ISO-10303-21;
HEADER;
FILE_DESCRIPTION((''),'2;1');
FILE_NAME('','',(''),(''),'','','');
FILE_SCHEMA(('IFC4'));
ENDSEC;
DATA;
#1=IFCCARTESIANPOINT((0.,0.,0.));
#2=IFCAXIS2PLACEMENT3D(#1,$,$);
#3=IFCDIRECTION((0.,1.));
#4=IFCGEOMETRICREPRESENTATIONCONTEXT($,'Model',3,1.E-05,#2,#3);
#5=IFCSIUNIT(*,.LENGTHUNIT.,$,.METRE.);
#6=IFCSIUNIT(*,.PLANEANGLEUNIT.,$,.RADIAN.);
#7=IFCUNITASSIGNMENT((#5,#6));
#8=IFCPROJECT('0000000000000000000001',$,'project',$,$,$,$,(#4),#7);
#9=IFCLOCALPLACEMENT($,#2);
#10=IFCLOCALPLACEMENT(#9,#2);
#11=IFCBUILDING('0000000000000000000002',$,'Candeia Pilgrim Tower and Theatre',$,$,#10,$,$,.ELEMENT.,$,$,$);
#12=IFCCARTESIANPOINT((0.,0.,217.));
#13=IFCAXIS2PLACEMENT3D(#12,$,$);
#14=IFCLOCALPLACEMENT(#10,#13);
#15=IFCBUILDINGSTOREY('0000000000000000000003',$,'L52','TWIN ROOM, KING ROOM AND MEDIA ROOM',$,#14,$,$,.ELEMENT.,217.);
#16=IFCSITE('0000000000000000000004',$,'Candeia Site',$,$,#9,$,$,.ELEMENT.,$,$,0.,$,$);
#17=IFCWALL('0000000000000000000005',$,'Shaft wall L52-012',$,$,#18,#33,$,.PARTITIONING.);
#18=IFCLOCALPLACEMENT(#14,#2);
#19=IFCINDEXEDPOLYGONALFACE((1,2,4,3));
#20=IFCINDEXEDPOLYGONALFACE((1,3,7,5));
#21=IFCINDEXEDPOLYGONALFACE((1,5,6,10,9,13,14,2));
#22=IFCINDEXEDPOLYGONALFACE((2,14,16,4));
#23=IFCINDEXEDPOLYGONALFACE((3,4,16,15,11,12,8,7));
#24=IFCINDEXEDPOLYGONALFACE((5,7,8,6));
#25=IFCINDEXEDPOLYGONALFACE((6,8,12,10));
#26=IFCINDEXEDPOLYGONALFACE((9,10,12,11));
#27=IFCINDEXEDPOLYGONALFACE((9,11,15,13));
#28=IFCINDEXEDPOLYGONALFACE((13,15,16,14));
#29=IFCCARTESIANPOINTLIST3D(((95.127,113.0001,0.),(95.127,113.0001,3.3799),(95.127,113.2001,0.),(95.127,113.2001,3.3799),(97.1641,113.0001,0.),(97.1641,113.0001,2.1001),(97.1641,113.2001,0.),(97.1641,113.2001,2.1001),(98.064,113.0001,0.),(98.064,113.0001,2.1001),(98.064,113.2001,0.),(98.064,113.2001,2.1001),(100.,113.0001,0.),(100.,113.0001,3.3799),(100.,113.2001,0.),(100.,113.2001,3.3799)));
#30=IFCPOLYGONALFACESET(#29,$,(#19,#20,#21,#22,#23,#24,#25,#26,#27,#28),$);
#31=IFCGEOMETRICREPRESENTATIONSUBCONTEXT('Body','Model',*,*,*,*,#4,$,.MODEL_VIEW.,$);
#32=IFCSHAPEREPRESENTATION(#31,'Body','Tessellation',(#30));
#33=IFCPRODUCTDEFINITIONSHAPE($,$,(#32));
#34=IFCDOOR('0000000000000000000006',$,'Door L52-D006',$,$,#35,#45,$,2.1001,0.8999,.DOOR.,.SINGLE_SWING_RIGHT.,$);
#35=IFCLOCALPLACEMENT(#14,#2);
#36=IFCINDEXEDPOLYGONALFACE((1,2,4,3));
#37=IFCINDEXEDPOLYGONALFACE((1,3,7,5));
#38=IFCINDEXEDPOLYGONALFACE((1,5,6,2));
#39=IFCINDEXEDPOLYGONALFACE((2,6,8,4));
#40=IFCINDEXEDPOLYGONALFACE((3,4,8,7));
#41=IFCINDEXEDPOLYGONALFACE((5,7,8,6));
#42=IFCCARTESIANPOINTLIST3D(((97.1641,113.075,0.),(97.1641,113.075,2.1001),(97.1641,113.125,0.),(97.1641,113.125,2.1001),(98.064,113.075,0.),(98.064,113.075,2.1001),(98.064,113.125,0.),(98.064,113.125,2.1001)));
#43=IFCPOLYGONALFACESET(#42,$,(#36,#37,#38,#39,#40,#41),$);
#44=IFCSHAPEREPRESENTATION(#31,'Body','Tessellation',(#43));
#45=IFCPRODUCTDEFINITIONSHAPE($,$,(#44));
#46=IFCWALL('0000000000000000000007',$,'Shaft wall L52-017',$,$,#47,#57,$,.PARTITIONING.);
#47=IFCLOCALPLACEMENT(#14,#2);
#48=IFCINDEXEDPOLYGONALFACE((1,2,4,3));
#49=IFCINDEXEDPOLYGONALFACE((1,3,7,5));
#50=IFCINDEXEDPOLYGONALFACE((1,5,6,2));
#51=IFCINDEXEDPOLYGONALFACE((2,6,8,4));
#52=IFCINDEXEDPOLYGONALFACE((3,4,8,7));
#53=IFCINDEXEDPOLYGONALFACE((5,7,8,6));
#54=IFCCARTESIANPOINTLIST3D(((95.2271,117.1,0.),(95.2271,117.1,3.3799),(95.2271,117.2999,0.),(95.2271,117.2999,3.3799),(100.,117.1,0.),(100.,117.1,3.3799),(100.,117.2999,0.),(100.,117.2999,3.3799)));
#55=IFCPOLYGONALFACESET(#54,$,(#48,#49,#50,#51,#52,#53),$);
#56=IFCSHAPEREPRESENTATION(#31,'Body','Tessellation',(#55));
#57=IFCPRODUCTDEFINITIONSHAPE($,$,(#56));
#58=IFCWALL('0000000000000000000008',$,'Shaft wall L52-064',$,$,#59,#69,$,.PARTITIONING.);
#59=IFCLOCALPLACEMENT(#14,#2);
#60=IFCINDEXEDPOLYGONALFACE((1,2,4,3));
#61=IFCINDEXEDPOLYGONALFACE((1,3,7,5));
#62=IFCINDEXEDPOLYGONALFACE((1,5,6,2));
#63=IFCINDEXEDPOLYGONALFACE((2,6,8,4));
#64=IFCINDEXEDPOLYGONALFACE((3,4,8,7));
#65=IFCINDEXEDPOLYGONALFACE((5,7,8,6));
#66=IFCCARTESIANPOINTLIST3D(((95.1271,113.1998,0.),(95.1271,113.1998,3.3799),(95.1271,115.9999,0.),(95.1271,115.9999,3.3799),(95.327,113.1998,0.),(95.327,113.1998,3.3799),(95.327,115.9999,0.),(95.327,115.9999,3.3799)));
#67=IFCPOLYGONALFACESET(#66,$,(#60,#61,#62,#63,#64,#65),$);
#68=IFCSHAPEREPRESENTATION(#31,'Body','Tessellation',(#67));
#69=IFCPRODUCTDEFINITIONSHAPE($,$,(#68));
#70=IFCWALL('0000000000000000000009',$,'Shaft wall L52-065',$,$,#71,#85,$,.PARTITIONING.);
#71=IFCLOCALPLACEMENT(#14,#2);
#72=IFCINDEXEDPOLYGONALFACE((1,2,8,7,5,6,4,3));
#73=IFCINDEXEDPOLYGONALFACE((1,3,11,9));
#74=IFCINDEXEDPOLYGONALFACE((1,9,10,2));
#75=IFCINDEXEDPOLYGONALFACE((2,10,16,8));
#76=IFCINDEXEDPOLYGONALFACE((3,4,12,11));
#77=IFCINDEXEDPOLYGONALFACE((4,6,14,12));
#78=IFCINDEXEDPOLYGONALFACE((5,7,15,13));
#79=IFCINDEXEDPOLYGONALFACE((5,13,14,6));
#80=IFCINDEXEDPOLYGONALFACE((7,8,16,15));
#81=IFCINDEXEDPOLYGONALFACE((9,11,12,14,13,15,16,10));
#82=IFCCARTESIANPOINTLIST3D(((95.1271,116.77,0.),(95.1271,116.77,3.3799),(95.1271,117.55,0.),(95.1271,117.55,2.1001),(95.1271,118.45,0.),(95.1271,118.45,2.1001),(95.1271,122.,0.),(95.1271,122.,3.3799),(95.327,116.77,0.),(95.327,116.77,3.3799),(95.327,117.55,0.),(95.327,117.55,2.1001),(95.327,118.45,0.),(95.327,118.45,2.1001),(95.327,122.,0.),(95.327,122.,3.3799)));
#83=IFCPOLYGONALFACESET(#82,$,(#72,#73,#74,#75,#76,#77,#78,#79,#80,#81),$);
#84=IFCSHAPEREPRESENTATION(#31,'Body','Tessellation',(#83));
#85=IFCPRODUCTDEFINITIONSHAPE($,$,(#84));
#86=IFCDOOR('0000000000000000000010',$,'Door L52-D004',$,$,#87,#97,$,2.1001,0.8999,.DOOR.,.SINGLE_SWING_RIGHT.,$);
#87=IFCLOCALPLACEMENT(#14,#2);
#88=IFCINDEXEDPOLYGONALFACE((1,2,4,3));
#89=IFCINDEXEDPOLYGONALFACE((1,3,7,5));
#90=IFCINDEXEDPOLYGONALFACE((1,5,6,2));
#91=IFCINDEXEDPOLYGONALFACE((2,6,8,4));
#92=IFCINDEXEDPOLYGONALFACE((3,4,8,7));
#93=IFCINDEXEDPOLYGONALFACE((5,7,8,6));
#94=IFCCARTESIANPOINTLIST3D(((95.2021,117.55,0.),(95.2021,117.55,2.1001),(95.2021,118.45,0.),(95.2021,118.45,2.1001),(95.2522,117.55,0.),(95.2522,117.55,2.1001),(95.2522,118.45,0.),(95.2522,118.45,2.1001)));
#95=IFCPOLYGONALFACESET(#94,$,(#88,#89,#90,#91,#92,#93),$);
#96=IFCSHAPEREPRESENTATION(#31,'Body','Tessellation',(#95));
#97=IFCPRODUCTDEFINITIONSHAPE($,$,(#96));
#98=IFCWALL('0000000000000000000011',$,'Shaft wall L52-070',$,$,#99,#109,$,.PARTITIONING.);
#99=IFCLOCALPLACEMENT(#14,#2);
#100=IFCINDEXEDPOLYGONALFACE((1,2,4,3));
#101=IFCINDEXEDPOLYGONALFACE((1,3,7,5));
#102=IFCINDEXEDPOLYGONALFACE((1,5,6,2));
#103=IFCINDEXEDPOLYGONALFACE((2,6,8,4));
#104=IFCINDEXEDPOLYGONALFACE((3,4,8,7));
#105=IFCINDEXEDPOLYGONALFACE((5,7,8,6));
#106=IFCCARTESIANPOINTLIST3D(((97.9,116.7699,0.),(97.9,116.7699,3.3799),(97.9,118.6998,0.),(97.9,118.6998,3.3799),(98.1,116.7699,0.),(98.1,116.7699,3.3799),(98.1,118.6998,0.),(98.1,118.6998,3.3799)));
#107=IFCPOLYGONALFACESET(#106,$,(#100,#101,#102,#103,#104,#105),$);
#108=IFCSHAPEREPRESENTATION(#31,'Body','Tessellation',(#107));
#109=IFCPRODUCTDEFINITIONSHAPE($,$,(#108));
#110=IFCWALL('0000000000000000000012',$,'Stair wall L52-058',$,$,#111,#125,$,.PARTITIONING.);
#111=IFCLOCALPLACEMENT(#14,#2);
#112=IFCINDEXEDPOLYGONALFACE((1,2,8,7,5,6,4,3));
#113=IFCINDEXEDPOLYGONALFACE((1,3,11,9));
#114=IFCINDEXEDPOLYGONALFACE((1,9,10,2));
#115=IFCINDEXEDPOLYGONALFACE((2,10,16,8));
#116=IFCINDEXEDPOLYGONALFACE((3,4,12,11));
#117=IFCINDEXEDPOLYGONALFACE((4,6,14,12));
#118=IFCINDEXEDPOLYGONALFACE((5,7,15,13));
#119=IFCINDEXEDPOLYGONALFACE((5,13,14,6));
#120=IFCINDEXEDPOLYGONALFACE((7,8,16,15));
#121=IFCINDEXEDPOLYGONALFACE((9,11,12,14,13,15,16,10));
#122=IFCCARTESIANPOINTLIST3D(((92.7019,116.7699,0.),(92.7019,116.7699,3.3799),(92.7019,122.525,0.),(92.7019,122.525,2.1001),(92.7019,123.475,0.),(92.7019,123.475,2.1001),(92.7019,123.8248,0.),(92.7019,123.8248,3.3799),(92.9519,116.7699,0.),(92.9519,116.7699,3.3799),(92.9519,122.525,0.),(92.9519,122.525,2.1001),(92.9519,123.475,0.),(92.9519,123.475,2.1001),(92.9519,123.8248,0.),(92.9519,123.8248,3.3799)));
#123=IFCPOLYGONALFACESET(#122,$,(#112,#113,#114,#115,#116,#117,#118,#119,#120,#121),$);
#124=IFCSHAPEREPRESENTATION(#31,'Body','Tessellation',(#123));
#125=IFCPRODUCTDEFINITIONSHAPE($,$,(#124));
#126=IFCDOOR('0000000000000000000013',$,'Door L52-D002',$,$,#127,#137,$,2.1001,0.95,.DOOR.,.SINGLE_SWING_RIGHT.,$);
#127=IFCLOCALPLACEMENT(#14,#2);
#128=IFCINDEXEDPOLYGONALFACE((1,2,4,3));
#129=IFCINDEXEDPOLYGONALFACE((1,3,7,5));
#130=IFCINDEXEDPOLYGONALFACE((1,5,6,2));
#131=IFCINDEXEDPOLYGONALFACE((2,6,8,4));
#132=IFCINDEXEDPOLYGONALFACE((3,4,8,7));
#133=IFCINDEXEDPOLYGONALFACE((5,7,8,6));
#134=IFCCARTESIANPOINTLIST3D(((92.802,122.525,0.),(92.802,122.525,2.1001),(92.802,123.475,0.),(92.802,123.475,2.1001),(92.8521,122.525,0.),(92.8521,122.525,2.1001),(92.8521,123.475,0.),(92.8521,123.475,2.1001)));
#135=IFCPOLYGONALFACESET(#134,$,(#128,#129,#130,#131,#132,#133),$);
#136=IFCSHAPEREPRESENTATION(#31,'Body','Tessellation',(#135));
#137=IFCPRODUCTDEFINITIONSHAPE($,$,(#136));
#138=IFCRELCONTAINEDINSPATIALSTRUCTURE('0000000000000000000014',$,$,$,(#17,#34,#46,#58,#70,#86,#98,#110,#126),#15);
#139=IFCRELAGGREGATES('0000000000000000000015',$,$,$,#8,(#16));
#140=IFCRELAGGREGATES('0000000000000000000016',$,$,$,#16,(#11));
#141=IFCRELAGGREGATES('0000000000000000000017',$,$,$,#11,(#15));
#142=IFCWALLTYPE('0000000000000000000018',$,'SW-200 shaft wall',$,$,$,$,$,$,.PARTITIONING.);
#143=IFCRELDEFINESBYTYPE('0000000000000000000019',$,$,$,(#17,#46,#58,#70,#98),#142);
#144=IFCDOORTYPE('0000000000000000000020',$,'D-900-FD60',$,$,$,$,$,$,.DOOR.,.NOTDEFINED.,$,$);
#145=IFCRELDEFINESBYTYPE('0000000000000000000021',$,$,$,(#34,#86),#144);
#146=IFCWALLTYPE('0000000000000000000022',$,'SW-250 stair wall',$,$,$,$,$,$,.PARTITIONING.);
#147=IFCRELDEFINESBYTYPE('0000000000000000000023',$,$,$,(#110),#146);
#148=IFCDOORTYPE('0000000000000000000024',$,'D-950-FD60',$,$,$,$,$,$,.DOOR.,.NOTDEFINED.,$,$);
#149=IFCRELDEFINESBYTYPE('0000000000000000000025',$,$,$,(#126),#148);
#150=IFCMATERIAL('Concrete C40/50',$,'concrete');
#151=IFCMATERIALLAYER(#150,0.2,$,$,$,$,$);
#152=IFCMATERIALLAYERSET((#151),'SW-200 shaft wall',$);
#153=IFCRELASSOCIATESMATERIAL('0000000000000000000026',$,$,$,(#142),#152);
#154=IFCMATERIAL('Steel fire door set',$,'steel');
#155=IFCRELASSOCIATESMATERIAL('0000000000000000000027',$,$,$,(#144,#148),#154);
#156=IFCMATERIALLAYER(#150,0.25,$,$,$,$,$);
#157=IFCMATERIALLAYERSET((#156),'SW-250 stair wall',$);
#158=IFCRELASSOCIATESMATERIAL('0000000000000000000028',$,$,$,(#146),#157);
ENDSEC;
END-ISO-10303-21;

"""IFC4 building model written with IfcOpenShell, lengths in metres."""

from ifc_helpers import new_model, si_unit, direction, frame, frame_2d, origin, place, context, subcontext, project, spatial, rectangle, extrude, material, layer, layer_set, type_object, element, fill, save


model = new_model("IFC4")

# Units and contexts
model_context = context("Model", 3, precision=1e-05, world=origin(), true_north=direction((0.0, 1.0)))
body_context = subcontext(model_context, "Body", "Model", "MODEL_VIEW")
ifc_project = project(units=[si_unit("LENGTHUNIT", "METRE"), si_unit("PLANEANGLEUNIT", "RADIAN")], contexts=[model_context])

# Site, building, storey
site_placement = place(None, origin())
site = spatial("IfcSite", under=ifc_project, at=site_placement, Name="Candeia Site", CompositionType="ELEMENT", RefElevation=0.0)
building_placement = place(site_placement, origin())
building = spatial("IfcBuilding", under=site, at=building_placement, Name="Candeia Pilgrim Tower and Theatre", CompositionType="ELEMENT")
storey_placement = place(building_placement, frame((0.0, 0.0, 217.0)))
storey = spatial("IfcBuildingStorey", under=building, at=storey_placement, Name="L52", Description="TWIN ROOM, KING ROOM AND MEDIA ROOM", CompositionType="ELEMENT", Elevation=217.0)

# Shared definitions
ifc_material_1 = material(Name="Steel fire door set", Category="steel")

# Wall, opening, door
ifc_material_2 = material(Name="Concrete C40/50", Category="concrete")
ifc_layer_1 = layer(ifc_material_2, 0.2)
ifc_layer_set_1 = layer_set([ifc_layer_1], Name="SW-200 shaft wall")
wall_type_1 = type_object("IfcWallType", Name="SW-200 shaft wall", PredefinedType="PARTITIONING", material=ifc_layer_set_1)
wall_1_placement = place(storey_placement, frame((95.127, 113.1001, 0.0), z_axis=(0.0, 0.0, 1.0), x_axis=(1.0, 0.0, 0.0)))
wall_1 = element("IfcWall", 1, at=wall_1_placement, inside=storey, type_object=wall_type_1, Name="Shaft wall L52-012", PredefinedType="PARTITIONING", context=body_context, shape_type="SweptSolid", body=[
    extrude(rectangle(XDim=4.873, YDim=0.2, at=frame_2d((2.4365, 0.0))), origin(), (0.0, 0.0, 1.0), 3.3799),
])
opening_1_placement = place(wall_1_placement, frame((2.0371, 0.0, 0.0)))
opening_1 = element("IfcOpeningElement", 2, at=opening_1_placement, cuts=wall_1, PredefinedType="OPENING", context=body_context, shape_type="SweptSolid", body=[
    extrude(rectangle(XDim=0.8999, YDim=2.1001, at=frame_2d((0.45, 1.05))), frame((0.0, 0.1099, 0.0), z_axis=(0.0, -1.0, 0.0), x_axis=(1.0, 0.0, 0.0)), (0.0, 0.0, 1.0), 0.22),
])
door_type_1 = type_object("IfcDoorType", Name="D-900-FD60", OperationType="NOTDEFINED", PredefinedType="DOOR", material=ifc_material_1)
door_1_placement = place(opening_1_placement, origin())
door_1 = element("IfcDoor", 3, at=door_1_placement, inside=storey, type_object=door_type_1, Name="Door L52-D006", OperationType="SINGLE_SWING_RIGHT", OverallHeight=2.1001, OverallWidth=0.8999, PredefinedType="DOOR", context=body_context, shape_type="SweptSolid", body=[
    extrude(rectangle(XDim=0.8999, YDim=2.1001, at=frame_2d((0.45, 1.05))), frame((0.0, 0.0249, 0.0), z_axis=(0.0, -1.0, 0.0), x_axis=(1.0, 0.0, 0.0)), (0.0, 0.0, 1.0), 0.05),
])
fill(opening_1, door_1)

# Walls
wall_2_placement = place(storey_placement, frame((95.2271, 117.2, 0.0), z_axis=(0.0, 0.0, 1.0), x_axis=(1.0, 0.0, 0.0)))
element("IfcWall", 4, at=wall_2_placement, inside=storey, type_object=wall_type_1, Name="Shaft wall L52-017", PredefinedType="PARTITIONING", context=body_context, shape_type="SweptSolid", body=[
    extrude(rectangle(XDim=4.7729, YDim=0.2, at=frame_2d((2.3865, 0.0))), origin(), (0.0, 0.0, 1.0), 3.3799),
])
wall_3_placement = place(storey_placement, frame((95.2271, 113.2, 0.0), z_axis=(0.0, 0.0, 1.0), x_axis=(0.0, 1.0, 0.0)))
element("IfcWall", 5, at=wall_3_placement, inside=storey, type_object=wall_type_1, Name="Shaft wall L52-064", PredefinedType="PARTITIONING", context=body_context, shape_type="SweptSolid", body=[
    extrude(rectangle(XDim=2.8, YDim=0.2, at=frame_2d((1.3999, 0.0))), origin(), (0.0, 0.0, 1.0), 3.3799),
])

# Wall, opening, door
wall_4_placement = place(storey_placement, frame((95.2271, 116.77, 0.0), z_axis=(0.0, 0.0, 1.0), x_axis=(0.0, 1.0, 0.0)))
wall_4 = element("IfcWall", 6, at=wall_4_placement, inside=storey, type_object=wall_type_1, Name="Shaft wall L52-065", PredefinedType="PARTITIONING", context=body_context, shape_type="SweptSolid", body=[
    extrude(rectangle(XDim=5.23, YDim=0.2, at=frame_2d((2.615, 0.0))), origin(), (0.0, 0.0, 1.0), 3.3799),
])
opening_2_placement = place(wall_4_placement, frame((0.78, 0.0, 0.0)))
opening_2 = element("IfcOpeningElement", 7, at=opening_2_placement, cuts=wall_4, PredefinedType="OPENING", context=body_context, shape_type="SweptSolid", body=[
    extrude(rectangle(XDim=0.8999, YDim=2.1001, at=frame_2d((0.45, 1.05))), frame((0.0, 0.1099, 0.0), z_axis=(0.0, -1.0, 0.0), x_axis=(1.0, 0.0, 0.0)), (0.0, 0.0, 1.0), 0.22),
])
door_2_placement = place(opening_2_placement, origin())
door_2 = element("IfcDoor", 8, at=door_2_placement, inside=storey, type_object=door_type_1, Name="Door L52-D004", OperationType="SINGLE_SWING_RIGHT", OverallHeight=2.1001, OverallWidth=0.8999, PredefinedType="DOOR", context=body_context, shape_type="SweptSolid", body=[
    extrude(rectangle(XDim=0.8999, YDim=2.1001, at=frame_2d((0.45, 1.05))), frame((0.0, 0.0249, 0.0), z_axis=(0.0, -1.0, 0.0), x_axis=(1.0, 0.0, 0.0)), (0.0, 0.0, 1.0), 0.05),
])
fill(opening_2, door_2)

# Wall
wall_5_placement = place(storey_placement, frame((98.0, 116.77, 0.0), z_axis=(0.0, 0.0, 1.0), x_axis=(0.0, 1.0, 0.0)))
element("IfcWall", 9, at=wall_5_placement, inside=storey, type_object=wall_type_1, Name="Shaft wall L52-070", PredefinedType="PARTITIONING", context=body_context, shape_type="SweptSolid", body=[
    extrude(rectangle(XDim=1.9299, YDim=0.2, at=frame_2d((0.9648, 0.0))), origin(), (0.0, 0.0, 1.0), 3.3799),
])

# Wall, opening, door
ifc_layer_2 = layer(ifc_material_2, 0.25)
ifc_layer_set_2 = layer_set([ifc_layer_2], Name="SW-250 stair wall")
wall_type_2 = type_object("IfcWallType", Name="SW-250 stair wall", PredefinedType="PARTITIONING", material=ifc_layer_set_2)
wall_6_placement = place(storey_placement, frame((92.8269, 116.77, 0.0), z_axis=(0.0, 0.0, 1.0), x_axis=(0.0, 1.0, 0.0)))
wall_6 = element("IfcWall", 10, at=wall_6_placement, inside=storey, type_object=wall_type_2, Name="Stair wall L52-058", PredefinedType="PARTITIONING", context=body_context, shape_type="SweptSolid", body=[
    extrude(rectangle(XDim=7.0549, YDim=0.25, at=frame_2d((3.5273, 0.0))), origin(), (0.0, 0.0, 1.0), 3.3799),
])
opening_3_placement = place(wall_6_placement, frame((5.7549, 0.0, 0.0)))
opening_3 = element("IfcOpeningElement", 11, at=opening_3_placement, cuts=wall_6, PredefinedType="OPENING", context=body_context, shape_type="SweptSolid", body=[
    extrude(rectangle(XDim=0.95, YDim=2.1001, at=frame_2d((0.4751, 1.05))), frame((0.0, 0.135, 0.0), z_axis=(0.0, -1.0, 0.0), x_axis=(1.0, 0.0, 0.0)), (0.0, 0.0, 1.0), 0.27),
])
door_type_2 = type_object("IfcDoorType", Name="D-950-FD60", OperationType="NOTDEFINED", PredefinedType="DOOR", material=ifc_material_1)
door_3_placement = place(opening_3_placement, origin())
door_3 = element("IfcDoor", 12, at=door_3_placement, inside=storey, type_object=door_type_2, Name="Door L52-D002", OperationType="SINGLE_SWING_RIGHT", OverallHeight=2.1001, OverallWidth=0.95, PredefinedType="DOOR", context=body_context, shape_type="SweptSolid", body=[
    extrude(rectangle(XDim=0.95, YDim=2.1001, at=frame_2d((0.4751, 1.05))), frame((0.0, 0.0249, 0.0), z_axis=(0.0, -1.0, 0.0), x_axis=(1.0, 0.0, 0.0)), (0.0, 0.0, 1.0), 0.05),
])
fill(opening_3, door_3)

save(model, "model.ifc")
